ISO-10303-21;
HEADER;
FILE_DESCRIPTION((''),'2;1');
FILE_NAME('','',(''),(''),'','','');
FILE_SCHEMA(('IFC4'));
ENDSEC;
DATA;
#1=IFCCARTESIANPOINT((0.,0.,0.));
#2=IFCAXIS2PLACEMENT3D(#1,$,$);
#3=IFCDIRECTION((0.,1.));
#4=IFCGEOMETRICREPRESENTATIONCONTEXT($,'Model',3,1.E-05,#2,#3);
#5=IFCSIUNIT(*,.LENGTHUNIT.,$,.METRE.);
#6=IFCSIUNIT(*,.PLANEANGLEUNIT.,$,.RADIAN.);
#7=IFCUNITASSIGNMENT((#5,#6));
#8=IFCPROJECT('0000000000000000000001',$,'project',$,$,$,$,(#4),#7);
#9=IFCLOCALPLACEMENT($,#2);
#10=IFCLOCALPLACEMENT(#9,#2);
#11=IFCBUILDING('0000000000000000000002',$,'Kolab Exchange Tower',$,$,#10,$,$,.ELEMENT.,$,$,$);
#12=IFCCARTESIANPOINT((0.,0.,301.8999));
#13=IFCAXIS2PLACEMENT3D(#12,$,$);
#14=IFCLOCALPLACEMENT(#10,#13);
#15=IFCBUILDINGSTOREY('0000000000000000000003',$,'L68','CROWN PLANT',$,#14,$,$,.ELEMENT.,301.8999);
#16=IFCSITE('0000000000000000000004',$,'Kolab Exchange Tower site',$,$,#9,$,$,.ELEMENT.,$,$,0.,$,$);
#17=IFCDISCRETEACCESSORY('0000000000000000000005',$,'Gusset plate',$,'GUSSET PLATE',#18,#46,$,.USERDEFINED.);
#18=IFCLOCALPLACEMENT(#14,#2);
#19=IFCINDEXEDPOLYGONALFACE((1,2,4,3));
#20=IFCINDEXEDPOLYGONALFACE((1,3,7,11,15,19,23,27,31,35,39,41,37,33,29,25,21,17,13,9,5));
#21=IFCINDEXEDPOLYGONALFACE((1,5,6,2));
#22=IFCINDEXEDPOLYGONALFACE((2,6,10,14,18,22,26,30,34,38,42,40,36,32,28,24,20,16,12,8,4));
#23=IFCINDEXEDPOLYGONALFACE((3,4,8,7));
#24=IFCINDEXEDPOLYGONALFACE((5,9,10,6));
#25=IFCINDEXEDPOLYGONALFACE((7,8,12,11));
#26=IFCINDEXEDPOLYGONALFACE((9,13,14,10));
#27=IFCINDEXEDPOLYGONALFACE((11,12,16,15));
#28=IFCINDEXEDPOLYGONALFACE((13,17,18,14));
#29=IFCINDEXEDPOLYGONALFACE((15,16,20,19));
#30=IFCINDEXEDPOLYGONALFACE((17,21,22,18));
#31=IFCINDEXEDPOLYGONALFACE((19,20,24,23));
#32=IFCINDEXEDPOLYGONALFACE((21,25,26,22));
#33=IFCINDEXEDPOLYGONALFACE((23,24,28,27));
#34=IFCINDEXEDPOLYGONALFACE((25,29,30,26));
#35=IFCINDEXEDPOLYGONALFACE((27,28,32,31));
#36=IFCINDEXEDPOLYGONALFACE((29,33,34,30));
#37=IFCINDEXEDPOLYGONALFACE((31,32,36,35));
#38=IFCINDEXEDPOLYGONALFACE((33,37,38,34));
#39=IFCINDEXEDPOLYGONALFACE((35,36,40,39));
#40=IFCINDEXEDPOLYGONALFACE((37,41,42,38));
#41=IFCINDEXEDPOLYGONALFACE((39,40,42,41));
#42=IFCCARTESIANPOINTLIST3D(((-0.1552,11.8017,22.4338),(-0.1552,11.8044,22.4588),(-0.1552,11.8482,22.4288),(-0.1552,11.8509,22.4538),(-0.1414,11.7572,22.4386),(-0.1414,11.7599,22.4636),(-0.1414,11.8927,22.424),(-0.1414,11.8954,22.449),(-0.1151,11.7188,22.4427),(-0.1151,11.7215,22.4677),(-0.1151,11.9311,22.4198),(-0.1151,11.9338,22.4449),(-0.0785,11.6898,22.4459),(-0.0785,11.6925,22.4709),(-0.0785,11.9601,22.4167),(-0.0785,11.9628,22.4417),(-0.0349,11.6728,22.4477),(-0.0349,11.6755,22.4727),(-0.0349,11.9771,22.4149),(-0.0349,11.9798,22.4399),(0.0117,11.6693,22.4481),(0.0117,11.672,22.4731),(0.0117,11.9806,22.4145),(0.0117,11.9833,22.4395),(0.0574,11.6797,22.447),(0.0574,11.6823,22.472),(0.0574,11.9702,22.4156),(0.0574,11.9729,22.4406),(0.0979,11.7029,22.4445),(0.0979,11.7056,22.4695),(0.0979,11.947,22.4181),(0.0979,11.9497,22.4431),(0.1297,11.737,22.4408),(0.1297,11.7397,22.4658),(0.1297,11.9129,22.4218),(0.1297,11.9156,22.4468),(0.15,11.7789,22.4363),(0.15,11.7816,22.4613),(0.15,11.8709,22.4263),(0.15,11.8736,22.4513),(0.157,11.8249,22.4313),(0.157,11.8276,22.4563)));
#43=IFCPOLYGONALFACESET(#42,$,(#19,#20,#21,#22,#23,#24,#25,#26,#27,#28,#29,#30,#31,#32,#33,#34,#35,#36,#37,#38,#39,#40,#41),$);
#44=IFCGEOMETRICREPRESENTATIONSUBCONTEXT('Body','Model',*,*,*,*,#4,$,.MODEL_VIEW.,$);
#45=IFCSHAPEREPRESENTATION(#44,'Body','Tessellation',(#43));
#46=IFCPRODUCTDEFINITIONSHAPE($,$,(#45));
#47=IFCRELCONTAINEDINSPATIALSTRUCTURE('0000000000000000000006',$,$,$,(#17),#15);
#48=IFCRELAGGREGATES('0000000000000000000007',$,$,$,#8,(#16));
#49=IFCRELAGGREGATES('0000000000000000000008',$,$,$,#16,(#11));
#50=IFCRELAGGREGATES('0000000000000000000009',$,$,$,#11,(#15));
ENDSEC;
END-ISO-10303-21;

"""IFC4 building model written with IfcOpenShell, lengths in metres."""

from ifc_helpers import new_model, si_unit, direction, frame, origin, origin_2d, place, context, subcontext, project, spatial, circle, extrude, element, save


model = new_model("IFC4")

# Units and contexts
model_context = context("Model", 3, precision=1e-05, world=origin(), true_north=direction((0.0, 1.0)))
body_context = subcontext(model_context, "Body", "Model", "MODEL_VIEW")
ifc_project = project(units=[si_unit("LENGTHUNIT", "METRE"), si_unit("PLANEANGLEUNIT", "RADIAN")], contexts=[model_context])

# Site, building, storey
site_placement = place(None, origin())
site = spatial("IfcSite", under=ifc_project, at=site_placement, Name="Kolab Exchange Tower site", CompositionType="ELEMENT", RefElevation=0.0)
building_placement = place(site_placement, origin())
building = spatial("IfcBuilding", under=site, at=building_placement, Name="Kolab Exchange Tower", CompositionType="ELEMENT")
storey_placement = place(building_placement, frame((0.0, 0.0, 301.8999)))
storey = spatial("IfcBuildingStorey", under=building, at=storey_placement, Name="L68", Description="CROWN PLANT", CompositionType="ELEMENT", Elevation=301.8999)

# Discrete accessory
discrete_accessory_1_placement = place(storey_placement, frame((0.0, 11.8276, 22.4563), z_axis=(0.0, -0.107221, -0.994235), x_axis=(1.0, 0.0, 0.0)))
element("IfcDiscreteAccessory", 1, at=discrete_accessory_1_placement, inside=storey, Name="Gusset plate", ObjectType="GUSSET PLATE", PredefinedType="USERDEFINED", context=body_context, shape_type="SweptSolid", body=[
    extrude(circle(Radius=0.157, at=origin_2d()), origin(), (0.0, 0.0, 1.0), 0.0251),
])

save(model, "model.ifc")
